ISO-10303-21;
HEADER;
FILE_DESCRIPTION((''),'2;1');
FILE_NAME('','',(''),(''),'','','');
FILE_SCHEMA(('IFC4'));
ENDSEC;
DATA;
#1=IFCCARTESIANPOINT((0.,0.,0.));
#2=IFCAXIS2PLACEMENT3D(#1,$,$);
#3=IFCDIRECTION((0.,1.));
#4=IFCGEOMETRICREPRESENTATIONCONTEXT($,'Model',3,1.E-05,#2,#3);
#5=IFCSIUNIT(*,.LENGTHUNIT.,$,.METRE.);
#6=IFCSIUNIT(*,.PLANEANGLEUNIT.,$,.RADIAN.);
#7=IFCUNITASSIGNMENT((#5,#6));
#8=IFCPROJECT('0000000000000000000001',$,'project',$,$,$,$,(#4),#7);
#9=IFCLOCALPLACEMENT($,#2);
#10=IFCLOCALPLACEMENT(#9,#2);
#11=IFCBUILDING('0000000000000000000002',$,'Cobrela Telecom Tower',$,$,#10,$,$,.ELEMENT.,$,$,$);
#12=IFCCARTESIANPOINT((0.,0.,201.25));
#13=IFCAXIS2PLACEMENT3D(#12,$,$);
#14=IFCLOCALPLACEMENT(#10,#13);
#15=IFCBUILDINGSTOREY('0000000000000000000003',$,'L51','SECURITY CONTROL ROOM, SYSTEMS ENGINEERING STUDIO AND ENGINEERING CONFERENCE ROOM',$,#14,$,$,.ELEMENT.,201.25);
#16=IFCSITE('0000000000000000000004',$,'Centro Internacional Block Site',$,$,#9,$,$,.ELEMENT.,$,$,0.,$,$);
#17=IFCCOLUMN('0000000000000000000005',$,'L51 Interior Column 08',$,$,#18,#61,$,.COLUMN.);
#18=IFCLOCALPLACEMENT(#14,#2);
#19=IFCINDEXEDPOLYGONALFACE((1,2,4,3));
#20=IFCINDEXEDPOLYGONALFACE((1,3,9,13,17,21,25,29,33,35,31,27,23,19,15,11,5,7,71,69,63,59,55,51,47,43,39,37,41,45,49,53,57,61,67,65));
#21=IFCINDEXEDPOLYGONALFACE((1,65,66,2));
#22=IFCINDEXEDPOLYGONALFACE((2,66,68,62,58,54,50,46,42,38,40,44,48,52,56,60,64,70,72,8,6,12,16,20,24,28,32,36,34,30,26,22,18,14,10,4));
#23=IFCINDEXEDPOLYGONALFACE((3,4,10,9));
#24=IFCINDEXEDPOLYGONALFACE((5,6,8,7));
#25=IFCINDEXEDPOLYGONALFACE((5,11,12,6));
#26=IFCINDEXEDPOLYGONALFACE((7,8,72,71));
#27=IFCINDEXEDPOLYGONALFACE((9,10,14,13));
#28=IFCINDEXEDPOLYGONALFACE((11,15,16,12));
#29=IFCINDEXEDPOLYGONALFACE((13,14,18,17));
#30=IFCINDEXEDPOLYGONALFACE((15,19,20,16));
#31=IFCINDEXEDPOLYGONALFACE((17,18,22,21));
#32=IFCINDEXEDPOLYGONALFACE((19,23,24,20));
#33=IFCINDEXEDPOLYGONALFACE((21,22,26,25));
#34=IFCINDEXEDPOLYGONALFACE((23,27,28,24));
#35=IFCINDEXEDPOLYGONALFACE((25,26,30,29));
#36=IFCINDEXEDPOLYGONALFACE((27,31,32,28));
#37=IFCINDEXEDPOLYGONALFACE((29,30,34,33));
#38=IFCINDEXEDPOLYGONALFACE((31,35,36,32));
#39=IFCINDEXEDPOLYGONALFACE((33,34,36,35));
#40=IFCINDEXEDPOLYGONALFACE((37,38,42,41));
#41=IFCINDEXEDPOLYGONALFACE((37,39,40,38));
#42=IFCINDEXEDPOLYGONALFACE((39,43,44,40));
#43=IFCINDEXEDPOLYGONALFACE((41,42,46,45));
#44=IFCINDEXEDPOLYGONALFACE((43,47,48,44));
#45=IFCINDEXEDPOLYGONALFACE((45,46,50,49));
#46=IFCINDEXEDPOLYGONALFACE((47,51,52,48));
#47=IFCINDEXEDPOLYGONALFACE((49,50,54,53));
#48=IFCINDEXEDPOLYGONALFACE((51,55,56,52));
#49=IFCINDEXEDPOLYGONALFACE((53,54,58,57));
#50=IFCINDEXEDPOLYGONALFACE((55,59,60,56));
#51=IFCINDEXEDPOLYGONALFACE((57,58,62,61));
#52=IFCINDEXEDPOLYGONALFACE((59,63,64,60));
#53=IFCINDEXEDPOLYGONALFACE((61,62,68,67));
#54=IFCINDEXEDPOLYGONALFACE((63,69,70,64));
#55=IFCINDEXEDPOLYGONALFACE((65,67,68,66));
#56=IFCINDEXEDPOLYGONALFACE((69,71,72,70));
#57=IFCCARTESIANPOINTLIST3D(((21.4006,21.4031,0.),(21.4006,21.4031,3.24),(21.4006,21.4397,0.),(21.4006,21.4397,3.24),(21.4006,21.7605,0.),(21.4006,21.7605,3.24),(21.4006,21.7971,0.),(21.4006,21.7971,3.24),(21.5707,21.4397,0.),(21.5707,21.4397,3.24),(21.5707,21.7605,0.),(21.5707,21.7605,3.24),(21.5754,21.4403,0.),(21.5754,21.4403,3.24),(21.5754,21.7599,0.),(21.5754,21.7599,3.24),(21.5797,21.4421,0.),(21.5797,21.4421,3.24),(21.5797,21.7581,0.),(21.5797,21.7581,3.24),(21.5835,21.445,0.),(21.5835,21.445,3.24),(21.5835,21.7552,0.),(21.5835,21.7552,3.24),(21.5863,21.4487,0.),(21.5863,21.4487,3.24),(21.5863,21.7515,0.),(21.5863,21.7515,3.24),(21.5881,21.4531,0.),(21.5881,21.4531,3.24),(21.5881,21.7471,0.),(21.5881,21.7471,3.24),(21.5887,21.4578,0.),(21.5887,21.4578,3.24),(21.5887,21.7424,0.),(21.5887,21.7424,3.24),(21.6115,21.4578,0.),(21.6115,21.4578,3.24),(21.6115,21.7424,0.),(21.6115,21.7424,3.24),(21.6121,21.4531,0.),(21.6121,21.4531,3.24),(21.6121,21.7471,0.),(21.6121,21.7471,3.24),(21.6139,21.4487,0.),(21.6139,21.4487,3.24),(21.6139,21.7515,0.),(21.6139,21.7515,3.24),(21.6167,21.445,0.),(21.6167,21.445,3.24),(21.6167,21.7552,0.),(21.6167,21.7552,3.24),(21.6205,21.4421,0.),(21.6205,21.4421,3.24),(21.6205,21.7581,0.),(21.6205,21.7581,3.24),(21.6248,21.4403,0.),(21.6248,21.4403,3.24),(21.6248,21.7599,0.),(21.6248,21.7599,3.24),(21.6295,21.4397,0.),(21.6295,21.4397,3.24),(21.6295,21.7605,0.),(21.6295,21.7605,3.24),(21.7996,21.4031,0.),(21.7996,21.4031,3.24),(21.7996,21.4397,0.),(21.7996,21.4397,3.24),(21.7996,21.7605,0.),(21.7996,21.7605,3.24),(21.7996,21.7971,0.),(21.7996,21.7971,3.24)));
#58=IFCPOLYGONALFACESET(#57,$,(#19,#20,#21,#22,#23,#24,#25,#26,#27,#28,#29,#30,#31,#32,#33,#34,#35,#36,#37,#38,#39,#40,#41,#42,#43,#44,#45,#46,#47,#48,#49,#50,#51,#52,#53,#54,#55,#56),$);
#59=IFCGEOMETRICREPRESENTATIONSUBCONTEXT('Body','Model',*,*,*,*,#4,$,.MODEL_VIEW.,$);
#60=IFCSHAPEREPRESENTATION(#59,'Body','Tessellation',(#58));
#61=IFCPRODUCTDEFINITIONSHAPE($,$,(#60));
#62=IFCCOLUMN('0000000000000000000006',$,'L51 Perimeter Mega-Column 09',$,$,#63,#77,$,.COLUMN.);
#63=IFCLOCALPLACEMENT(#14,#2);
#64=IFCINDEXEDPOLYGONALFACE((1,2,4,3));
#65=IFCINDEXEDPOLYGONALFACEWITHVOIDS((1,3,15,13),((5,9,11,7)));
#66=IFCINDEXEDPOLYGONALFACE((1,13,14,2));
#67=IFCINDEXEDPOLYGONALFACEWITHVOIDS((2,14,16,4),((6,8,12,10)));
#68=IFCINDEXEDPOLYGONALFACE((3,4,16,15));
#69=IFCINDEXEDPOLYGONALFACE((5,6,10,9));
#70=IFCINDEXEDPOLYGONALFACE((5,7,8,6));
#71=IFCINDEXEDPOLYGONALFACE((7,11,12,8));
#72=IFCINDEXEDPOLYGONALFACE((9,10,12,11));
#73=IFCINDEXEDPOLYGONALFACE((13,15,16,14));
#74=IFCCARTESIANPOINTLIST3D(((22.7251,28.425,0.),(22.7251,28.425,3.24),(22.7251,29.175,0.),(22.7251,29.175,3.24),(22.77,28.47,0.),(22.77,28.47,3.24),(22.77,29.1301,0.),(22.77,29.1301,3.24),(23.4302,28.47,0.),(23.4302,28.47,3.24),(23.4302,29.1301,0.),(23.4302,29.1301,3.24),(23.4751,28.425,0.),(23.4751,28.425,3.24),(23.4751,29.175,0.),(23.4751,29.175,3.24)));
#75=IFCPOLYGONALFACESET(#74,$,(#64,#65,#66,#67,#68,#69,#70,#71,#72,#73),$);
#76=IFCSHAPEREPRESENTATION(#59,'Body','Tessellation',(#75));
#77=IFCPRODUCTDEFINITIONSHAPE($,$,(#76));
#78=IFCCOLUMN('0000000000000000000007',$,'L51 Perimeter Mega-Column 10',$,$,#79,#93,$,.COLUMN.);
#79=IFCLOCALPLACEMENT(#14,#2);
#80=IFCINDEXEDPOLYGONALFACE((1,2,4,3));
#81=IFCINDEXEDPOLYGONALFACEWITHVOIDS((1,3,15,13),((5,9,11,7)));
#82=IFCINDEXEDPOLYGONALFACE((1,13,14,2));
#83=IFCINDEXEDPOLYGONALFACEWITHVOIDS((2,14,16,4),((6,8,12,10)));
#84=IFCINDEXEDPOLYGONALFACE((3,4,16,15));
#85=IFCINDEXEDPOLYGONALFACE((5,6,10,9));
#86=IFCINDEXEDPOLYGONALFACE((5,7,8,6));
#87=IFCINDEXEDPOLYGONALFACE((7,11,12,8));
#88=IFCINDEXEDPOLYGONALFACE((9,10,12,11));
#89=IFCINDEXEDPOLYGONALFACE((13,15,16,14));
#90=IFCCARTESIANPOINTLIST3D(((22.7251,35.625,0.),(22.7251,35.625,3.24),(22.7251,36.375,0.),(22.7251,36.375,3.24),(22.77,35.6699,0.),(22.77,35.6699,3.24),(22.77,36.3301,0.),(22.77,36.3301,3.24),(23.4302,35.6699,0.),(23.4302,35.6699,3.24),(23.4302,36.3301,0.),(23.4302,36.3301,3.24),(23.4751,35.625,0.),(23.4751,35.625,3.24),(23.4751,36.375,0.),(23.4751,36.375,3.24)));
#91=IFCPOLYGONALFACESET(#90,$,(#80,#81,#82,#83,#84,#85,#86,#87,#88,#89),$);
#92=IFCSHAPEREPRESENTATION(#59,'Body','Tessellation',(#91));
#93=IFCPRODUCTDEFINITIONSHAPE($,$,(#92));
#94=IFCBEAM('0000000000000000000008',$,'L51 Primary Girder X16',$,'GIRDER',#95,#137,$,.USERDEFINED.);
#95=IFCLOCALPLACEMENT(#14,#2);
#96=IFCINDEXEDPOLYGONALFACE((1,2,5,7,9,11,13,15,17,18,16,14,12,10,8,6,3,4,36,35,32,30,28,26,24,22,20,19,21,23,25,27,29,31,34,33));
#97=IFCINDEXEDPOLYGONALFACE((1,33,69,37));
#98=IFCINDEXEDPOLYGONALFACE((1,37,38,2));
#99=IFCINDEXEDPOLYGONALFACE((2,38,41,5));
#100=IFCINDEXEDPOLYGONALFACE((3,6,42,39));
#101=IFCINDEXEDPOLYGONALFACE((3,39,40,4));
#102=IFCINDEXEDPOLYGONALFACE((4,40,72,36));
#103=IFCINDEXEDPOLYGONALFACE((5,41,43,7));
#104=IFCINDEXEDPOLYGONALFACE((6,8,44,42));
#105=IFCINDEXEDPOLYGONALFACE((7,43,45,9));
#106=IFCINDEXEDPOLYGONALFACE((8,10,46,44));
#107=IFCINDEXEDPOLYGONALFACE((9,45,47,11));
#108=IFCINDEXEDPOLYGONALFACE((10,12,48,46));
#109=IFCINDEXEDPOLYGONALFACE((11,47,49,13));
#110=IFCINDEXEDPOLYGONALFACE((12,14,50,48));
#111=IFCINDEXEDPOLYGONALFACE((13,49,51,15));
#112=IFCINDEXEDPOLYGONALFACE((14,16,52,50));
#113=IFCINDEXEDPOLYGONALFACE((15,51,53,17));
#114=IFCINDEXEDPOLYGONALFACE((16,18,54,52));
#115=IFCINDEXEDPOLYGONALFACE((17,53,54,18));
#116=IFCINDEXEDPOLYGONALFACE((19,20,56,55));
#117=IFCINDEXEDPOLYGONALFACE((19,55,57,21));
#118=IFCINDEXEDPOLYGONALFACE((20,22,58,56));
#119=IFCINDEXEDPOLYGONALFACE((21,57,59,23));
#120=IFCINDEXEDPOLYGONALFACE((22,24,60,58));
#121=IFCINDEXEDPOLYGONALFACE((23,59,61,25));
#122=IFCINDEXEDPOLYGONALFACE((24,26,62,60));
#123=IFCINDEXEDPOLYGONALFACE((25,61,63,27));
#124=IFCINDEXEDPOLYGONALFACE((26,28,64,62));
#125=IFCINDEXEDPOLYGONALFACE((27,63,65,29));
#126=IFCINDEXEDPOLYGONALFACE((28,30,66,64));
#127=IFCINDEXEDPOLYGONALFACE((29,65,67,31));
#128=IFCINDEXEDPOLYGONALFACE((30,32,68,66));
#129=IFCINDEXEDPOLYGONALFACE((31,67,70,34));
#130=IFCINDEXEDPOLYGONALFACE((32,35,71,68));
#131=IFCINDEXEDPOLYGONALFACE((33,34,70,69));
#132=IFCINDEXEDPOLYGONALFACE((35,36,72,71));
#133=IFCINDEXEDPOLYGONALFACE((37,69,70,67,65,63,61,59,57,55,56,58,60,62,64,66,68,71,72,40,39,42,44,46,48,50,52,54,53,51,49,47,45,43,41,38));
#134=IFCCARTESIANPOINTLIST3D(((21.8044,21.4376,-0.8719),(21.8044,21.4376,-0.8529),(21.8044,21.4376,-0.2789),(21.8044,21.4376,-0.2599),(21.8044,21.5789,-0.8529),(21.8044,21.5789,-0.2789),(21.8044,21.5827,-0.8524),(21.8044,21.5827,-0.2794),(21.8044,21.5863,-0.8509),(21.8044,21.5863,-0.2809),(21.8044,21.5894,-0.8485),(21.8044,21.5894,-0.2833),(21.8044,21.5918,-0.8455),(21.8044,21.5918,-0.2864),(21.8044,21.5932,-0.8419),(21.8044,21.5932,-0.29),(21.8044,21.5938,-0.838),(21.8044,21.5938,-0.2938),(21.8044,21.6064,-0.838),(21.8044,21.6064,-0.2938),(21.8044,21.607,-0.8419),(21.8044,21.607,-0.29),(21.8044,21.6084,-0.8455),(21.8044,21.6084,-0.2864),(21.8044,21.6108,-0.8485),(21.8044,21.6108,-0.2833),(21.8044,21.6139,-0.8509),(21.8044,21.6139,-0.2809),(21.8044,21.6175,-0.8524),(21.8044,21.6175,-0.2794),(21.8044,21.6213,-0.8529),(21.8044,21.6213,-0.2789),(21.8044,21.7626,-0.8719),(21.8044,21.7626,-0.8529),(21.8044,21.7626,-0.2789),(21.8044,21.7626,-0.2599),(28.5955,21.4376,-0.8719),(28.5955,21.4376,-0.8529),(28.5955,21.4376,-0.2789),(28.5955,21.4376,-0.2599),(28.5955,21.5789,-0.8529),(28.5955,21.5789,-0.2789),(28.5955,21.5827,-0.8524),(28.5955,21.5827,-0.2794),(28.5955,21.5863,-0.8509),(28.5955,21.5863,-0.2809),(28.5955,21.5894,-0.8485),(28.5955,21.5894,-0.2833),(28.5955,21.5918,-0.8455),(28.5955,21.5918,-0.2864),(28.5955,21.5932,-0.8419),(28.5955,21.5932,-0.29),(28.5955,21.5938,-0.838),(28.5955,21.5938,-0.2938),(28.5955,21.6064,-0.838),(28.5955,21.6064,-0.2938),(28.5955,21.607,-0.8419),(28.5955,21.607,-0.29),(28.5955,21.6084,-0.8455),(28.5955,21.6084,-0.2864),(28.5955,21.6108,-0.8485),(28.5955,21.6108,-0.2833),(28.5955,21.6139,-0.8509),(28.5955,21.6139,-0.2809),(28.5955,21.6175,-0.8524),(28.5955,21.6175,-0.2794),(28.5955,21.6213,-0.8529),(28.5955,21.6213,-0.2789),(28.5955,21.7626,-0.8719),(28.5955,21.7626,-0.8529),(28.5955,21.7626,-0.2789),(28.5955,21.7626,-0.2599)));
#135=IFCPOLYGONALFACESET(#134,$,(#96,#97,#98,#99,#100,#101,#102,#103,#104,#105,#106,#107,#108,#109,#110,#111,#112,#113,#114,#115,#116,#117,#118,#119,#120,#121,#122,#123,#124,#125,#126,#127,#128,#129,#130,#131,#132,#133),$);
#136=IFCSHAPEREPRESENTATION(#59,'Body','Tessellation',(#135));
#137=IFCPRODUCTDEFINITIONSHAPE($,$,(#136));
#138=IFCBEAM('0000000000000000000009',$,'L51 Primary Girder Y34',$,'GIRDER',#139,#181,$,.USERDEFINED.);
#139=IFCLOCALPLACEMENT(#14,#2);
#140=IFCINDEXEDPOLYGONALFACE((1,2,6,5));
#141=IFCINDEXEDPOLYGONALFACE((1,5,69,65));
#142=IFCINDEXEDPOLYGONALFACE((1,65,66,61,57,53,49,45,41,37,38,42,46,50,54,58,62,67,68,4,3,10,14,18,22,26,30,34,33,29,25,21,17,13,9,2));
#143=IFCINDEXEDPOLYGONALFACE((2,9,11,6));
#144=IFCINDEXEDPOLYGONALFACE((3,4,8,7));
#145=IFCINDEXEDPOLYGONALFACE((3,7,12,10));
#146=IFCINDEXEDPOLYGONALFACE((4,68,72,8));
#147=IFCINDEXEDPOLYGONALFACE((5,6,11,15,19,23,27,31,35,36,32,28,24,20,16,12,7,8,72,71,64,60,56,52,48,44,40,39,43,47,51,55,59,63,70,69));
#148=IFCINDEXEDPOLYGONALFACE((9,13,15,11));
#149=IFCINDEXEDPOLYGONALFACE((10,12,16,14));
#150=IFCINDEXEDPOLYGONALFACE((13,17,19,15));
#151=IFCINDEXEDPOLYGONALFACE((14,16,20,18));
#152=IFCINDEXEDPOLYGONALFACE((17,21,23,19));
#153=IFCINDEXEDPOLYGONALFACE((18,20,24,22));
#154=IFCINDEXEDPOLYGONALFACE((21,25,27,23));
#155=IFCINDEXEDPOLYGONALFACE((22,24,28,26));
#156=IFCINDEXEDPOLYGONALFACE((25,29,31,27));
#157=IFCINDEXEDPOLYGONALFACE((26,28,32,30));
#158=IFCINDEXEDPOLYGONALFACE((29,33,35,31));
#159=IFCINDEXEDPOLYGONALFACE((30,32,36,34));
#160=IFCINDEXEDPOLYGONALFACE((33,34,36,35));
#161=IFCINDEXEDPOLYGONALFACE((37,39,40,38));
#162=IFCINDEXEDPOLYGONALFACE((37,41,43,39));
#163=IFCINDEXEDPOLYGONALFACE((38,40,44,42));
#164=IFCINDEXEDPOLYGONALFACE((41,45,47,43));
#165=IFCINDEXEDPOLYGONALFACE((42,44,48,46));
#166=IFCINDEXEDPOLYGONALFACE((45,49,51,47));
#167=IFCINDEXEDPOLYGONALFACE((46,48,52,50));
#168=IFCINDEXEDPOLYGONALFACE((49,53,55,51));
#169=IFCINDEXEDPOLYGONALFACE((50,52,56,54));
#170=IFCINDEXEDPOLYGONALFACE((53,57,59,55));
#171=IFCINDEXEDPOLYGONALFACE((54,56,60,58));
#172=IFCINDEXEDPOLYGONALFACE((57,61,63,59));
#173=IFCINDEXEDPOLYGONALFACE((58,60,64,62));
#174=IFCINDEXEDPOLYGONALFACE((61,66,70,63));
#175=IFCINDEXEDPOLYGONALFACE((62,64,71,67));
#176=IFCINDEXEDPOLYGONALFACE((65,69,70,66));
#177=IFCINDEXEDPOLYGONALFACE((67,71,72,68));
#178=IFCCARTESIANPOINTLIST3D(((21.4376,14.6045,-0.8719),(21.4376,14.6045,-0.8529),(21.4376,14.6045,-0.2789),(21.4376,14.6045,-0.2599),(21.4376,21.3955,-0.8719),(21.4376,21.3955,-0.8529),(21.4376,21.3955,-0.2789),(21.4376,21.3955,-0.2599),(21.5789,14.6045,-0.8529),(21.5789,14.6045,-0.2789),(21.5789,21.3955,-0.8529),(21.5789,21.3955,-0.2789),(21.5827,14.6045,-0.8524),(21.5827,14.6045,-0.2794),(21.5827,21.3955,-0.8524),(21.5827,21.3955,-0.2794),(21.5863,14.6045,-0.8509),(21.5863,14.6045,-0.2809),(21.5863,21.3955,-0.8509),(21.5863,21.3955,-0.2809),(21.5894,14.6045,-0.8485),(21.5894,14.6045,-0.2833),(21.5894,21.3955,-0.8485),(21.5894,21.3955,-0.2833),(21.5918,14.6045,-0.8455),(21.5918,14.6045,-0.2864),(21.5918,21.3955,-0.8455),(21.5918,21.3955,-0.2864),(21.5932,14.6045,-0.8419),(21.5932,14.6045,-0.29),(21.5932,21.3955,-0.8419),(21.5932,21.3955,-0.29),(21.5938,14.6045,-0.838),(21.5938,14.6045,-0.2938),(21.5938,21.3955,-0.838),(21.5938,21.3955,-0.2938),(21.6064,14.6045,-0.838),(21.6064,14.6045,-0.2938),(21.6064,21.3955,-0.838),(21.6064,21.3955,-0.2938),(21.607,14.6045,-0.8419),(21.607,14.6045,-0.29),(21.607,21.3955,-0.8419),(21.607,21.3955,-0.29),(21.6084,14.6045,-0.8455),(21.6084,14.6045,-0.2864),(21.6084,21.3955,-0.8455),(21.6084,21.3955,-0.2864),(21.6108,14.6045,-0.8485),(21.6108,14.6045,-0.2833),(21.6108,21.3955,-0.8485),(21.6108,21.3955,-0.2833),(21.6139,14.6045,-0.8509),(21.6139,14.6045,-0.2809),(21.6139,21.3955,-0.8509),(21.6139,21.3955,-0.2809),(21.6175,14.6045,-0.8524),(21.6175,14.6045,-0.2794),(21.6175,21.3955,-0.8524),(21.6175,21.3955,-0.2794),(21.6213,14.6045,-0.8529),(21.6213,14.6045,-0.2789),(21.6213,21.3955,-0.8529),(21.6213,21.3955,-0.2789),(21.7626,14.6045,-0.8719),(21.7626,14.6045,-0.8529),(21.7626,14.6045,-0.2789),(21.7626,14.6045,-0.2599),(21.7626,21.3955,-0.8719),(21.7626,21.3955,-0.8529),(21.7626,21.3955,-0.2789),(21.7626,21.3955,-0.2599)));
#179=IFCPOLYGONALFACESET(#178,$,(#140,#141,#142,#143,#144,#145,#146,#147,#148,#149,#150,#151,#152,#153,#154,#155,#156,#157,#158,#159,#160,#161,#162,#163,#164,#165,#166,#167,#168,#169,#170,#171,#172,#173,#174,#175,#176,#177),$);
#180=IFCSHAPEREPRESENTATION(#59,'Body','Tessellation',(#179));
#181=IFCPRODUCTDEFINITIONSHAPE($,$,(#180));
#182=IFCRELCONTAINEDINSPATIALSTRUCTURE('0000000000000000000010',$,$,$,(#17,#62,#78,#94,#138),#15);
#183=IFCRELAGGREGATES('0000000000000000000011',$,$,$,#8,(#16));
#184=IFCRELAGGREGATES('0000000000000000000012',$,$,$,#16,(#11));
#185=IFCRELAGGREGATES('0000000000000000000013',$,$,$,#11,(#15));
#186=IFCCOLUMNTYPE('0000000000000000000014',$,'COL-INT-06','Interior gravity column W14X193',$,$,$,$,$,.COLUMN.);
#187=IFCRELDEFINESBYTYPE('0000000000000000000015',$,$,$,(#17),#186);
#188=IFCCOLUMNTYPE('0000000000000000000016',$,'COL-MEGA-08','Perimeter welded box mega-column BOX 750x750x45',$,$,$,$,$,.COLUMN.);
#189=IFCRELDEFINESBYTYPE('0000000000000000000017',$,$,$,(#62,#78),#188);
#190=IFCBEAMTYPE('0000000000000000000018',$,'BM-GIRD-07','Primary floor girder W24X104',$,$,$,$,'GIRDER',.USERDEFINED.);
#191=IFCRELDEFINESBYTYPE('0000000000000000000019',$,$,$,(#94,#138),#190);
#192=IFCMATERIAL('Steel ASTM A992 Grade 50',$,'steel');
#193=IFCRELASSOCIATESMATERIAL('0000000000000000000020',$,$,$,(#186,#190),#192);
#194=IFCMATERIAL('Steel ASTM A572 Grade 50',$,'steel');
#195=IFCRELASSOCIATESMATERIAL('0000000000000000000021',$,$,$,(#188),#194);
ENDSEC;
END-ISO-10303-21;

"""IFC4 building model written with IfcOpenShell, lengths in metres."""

from ifc_helpers import new_model, si_unit, direction, frame, origin, origin_2d, place, context, subcontext, project, spatial, hollow_rectangle, i_section, extrude, material, material_profile, profile_set, type_object, element, save


model = new_model("IFC4")

# Units and contexts
model_context = context("Model", 3, precision=1e-05, world=origin(), true_north=direction((0.0, 1.0)))
body_context = subcontext(model_context, "Body", "Model", "MODEL_VIEW")
ifc_project = project(units=[si_unit("LENGTHUNIT", "METRE"), si_unit("PLANEANGLEUNIT", "RADIAN")], contexts=[model_context])

# Site, building, storey
site_placement = place(None, origin())
site = spatial("IfcSite", under=ifc_project, at=site_placement, Name="Centro Internacional Block Site", CompositionType="ELEMENT", RefElevation=0.0)
building_placement = place(site_placement, origin())
building = spatial("IfcBuilding", under=site, at=building_placement, Name="Cobrela Telecom Tower", CompositionType="ELEMENT")
storey_placement = place(building_placement, frame((0.0, 0.0, 201.25)))
storey = spatial("IfcBuildingStorey", under=building, at=storey_placement, Name="L51", Description="SECURITY CONTROL ROOM, SYSTEMS ENGINEERING STUDIO AND ENGINEERING CONFERENCE ROOM", CompositionType="ELEMENT", Elevation=201.25)

# Columns
ifc_material_1 = material(Name="Steel ASTM A992 Grade 50", Category="steel")
ifc_material_profile_1 = material_profile(ifc_material_1, i_section(OverallWidth=0.3989, OverallDepth=0.394, WebThickness=0.0227, FlangeThickness=0.0366, FilletRadius=0.0181, at=origin_2d()), Name="W14X193")
ifc_profile_set_1 = profile_set([ifc_material_profile_1], Name="Steel ASTM A992 Grade 50")
column_type_1 = type_object("IfcColumnType", Name="COL-INT-06", Description="Interior gravity column W14X193", PredefinedType="COLUMN", material=ifc_profile_set_1)
column_placement = place(storey_placement, frame((21.6001, 21.6001, 0.0), z_axis=(0.0, 0.0, 1.0), x_axis=(1.0, 0.0, 0.0)))
element("IfcColumn", 1, at=column_placement, inside=storey, type_object=column_type_1, Name="L51 Interior Column 08", PredefinedType="COLUMN", context=body_context, shape_type="SweptSolid", body=[
    extrude(i_section(OverallWidth=0.3989, OverallDepth=0.394, WebThickness=0.0227, FlangeThickness=0.0366, FilletRadius=0.0181, at=origin_2d()), origin(), (0.0, 0.0, 1.0), 3.24),
])
ifc_material_2 = material(Name="Steel ASTM A572 Grade 50", Category="steel")
ifc_material_profile_2 = material_profile(ifc_material_2, hollow_rectangle(XDim=0.75, YDim=0.75, WallThickness=0.0449, at=origin_2d()), Name="BOX 750x750x45")
ifc_profile_set_2 = profile_set([ifc_material_profile_2], Name="Steel ASTM A572 Grade 50")
column_type_2 = type_object("IfcColumnType", Name="COL-MEGA-08", Description="Perimeter welded box mega-column BOX 750x750x45", PredefinedType="COLUMN", material=ifc_profile_set_2)
for number, where, z_axis, x_axis, name in (
    (2, (23.1001, 28.8, 0.0), (0.0, 0.0, 1.0), (1.0, 0.0, 0.0), "L51 Perimeter Mega-Column 09"),
    (3, (23.1001, 36.0, 0.0), (0.0, 0.0, 1.0), (1.0, 0.0, 0.0), "L51 Perimeter Mega-Column 10"),
):
    element("IfcColumn", number, at=place(storey_placement, frame(where, z_axis=z_axis, x_axis=x_axis)), inside=storey, type_object=column_type_2, Name=name, PredefinedType="COLUMN", context=body_context, shape_type="SweptSolid", body=[
        extrude(hollow_rectangle(XDim=0.75, YDim=0.75, WallThickness=0.0449, at=origin_2d()), origin(), (0.0, 0.0, 1.0), 3.24),
    ])

# Beams
ifc_material_profile_3 = material_profile(ifc_material_1, i_section(OverallWidth=0.325, OverallDepth=0.6121, WebThickness=0.0127, FlangeThickness=0.019, FilletRadius=0.0149, at=origin_2d()), Name="W24X104")
ifc_profile_set_3 = profile_set([ifc_material_profile_3], Name="Steel ASTM A992 Grade 50")
beam_type_1 = type_object("IfcBeamType", Name="BM-GIRD-07", Description="Primary floor girder W24X104", ElementType="GIRDER", PredefinedType="USERDEFINED", material=ifc_profile_set_3)
for number, where, z_axis, x_axis, name in (
    (4, (21.8044, 21.6001, -0.5659), (1.0, 0.0, 0.0), (0.0, 1.0, 0.0), "L51 Primary Girder X16"),
    (5, (21.6001, 14.6045, -0.5659), (0.0, 1.0, 0.0), (-1.0, 0.0, 0.0), "L51 Primary Girder Y34"),
):
    element("IfcBeam", number, at=place(storey_placement, frame(where, z_axis=z_axis, x_axis=x_axis)), inside=storey, type_object=beam_type_1, Name=name, ObjectType="GIRDER", PredefinedType="USERDEFINED", context=body_context, shape_type="SweptSolid", body=[
        extrude(i_section(OverallWidth=0.325, OverallDepth=0.6121, WebThickness=0.0127, FlangeThickness=0.019, FilletRadius=0.0149, at=origin_2d()), origin(), (0.0, 0.0, 1.0), 6.791),
    ])

save(model, "model.ifc")
